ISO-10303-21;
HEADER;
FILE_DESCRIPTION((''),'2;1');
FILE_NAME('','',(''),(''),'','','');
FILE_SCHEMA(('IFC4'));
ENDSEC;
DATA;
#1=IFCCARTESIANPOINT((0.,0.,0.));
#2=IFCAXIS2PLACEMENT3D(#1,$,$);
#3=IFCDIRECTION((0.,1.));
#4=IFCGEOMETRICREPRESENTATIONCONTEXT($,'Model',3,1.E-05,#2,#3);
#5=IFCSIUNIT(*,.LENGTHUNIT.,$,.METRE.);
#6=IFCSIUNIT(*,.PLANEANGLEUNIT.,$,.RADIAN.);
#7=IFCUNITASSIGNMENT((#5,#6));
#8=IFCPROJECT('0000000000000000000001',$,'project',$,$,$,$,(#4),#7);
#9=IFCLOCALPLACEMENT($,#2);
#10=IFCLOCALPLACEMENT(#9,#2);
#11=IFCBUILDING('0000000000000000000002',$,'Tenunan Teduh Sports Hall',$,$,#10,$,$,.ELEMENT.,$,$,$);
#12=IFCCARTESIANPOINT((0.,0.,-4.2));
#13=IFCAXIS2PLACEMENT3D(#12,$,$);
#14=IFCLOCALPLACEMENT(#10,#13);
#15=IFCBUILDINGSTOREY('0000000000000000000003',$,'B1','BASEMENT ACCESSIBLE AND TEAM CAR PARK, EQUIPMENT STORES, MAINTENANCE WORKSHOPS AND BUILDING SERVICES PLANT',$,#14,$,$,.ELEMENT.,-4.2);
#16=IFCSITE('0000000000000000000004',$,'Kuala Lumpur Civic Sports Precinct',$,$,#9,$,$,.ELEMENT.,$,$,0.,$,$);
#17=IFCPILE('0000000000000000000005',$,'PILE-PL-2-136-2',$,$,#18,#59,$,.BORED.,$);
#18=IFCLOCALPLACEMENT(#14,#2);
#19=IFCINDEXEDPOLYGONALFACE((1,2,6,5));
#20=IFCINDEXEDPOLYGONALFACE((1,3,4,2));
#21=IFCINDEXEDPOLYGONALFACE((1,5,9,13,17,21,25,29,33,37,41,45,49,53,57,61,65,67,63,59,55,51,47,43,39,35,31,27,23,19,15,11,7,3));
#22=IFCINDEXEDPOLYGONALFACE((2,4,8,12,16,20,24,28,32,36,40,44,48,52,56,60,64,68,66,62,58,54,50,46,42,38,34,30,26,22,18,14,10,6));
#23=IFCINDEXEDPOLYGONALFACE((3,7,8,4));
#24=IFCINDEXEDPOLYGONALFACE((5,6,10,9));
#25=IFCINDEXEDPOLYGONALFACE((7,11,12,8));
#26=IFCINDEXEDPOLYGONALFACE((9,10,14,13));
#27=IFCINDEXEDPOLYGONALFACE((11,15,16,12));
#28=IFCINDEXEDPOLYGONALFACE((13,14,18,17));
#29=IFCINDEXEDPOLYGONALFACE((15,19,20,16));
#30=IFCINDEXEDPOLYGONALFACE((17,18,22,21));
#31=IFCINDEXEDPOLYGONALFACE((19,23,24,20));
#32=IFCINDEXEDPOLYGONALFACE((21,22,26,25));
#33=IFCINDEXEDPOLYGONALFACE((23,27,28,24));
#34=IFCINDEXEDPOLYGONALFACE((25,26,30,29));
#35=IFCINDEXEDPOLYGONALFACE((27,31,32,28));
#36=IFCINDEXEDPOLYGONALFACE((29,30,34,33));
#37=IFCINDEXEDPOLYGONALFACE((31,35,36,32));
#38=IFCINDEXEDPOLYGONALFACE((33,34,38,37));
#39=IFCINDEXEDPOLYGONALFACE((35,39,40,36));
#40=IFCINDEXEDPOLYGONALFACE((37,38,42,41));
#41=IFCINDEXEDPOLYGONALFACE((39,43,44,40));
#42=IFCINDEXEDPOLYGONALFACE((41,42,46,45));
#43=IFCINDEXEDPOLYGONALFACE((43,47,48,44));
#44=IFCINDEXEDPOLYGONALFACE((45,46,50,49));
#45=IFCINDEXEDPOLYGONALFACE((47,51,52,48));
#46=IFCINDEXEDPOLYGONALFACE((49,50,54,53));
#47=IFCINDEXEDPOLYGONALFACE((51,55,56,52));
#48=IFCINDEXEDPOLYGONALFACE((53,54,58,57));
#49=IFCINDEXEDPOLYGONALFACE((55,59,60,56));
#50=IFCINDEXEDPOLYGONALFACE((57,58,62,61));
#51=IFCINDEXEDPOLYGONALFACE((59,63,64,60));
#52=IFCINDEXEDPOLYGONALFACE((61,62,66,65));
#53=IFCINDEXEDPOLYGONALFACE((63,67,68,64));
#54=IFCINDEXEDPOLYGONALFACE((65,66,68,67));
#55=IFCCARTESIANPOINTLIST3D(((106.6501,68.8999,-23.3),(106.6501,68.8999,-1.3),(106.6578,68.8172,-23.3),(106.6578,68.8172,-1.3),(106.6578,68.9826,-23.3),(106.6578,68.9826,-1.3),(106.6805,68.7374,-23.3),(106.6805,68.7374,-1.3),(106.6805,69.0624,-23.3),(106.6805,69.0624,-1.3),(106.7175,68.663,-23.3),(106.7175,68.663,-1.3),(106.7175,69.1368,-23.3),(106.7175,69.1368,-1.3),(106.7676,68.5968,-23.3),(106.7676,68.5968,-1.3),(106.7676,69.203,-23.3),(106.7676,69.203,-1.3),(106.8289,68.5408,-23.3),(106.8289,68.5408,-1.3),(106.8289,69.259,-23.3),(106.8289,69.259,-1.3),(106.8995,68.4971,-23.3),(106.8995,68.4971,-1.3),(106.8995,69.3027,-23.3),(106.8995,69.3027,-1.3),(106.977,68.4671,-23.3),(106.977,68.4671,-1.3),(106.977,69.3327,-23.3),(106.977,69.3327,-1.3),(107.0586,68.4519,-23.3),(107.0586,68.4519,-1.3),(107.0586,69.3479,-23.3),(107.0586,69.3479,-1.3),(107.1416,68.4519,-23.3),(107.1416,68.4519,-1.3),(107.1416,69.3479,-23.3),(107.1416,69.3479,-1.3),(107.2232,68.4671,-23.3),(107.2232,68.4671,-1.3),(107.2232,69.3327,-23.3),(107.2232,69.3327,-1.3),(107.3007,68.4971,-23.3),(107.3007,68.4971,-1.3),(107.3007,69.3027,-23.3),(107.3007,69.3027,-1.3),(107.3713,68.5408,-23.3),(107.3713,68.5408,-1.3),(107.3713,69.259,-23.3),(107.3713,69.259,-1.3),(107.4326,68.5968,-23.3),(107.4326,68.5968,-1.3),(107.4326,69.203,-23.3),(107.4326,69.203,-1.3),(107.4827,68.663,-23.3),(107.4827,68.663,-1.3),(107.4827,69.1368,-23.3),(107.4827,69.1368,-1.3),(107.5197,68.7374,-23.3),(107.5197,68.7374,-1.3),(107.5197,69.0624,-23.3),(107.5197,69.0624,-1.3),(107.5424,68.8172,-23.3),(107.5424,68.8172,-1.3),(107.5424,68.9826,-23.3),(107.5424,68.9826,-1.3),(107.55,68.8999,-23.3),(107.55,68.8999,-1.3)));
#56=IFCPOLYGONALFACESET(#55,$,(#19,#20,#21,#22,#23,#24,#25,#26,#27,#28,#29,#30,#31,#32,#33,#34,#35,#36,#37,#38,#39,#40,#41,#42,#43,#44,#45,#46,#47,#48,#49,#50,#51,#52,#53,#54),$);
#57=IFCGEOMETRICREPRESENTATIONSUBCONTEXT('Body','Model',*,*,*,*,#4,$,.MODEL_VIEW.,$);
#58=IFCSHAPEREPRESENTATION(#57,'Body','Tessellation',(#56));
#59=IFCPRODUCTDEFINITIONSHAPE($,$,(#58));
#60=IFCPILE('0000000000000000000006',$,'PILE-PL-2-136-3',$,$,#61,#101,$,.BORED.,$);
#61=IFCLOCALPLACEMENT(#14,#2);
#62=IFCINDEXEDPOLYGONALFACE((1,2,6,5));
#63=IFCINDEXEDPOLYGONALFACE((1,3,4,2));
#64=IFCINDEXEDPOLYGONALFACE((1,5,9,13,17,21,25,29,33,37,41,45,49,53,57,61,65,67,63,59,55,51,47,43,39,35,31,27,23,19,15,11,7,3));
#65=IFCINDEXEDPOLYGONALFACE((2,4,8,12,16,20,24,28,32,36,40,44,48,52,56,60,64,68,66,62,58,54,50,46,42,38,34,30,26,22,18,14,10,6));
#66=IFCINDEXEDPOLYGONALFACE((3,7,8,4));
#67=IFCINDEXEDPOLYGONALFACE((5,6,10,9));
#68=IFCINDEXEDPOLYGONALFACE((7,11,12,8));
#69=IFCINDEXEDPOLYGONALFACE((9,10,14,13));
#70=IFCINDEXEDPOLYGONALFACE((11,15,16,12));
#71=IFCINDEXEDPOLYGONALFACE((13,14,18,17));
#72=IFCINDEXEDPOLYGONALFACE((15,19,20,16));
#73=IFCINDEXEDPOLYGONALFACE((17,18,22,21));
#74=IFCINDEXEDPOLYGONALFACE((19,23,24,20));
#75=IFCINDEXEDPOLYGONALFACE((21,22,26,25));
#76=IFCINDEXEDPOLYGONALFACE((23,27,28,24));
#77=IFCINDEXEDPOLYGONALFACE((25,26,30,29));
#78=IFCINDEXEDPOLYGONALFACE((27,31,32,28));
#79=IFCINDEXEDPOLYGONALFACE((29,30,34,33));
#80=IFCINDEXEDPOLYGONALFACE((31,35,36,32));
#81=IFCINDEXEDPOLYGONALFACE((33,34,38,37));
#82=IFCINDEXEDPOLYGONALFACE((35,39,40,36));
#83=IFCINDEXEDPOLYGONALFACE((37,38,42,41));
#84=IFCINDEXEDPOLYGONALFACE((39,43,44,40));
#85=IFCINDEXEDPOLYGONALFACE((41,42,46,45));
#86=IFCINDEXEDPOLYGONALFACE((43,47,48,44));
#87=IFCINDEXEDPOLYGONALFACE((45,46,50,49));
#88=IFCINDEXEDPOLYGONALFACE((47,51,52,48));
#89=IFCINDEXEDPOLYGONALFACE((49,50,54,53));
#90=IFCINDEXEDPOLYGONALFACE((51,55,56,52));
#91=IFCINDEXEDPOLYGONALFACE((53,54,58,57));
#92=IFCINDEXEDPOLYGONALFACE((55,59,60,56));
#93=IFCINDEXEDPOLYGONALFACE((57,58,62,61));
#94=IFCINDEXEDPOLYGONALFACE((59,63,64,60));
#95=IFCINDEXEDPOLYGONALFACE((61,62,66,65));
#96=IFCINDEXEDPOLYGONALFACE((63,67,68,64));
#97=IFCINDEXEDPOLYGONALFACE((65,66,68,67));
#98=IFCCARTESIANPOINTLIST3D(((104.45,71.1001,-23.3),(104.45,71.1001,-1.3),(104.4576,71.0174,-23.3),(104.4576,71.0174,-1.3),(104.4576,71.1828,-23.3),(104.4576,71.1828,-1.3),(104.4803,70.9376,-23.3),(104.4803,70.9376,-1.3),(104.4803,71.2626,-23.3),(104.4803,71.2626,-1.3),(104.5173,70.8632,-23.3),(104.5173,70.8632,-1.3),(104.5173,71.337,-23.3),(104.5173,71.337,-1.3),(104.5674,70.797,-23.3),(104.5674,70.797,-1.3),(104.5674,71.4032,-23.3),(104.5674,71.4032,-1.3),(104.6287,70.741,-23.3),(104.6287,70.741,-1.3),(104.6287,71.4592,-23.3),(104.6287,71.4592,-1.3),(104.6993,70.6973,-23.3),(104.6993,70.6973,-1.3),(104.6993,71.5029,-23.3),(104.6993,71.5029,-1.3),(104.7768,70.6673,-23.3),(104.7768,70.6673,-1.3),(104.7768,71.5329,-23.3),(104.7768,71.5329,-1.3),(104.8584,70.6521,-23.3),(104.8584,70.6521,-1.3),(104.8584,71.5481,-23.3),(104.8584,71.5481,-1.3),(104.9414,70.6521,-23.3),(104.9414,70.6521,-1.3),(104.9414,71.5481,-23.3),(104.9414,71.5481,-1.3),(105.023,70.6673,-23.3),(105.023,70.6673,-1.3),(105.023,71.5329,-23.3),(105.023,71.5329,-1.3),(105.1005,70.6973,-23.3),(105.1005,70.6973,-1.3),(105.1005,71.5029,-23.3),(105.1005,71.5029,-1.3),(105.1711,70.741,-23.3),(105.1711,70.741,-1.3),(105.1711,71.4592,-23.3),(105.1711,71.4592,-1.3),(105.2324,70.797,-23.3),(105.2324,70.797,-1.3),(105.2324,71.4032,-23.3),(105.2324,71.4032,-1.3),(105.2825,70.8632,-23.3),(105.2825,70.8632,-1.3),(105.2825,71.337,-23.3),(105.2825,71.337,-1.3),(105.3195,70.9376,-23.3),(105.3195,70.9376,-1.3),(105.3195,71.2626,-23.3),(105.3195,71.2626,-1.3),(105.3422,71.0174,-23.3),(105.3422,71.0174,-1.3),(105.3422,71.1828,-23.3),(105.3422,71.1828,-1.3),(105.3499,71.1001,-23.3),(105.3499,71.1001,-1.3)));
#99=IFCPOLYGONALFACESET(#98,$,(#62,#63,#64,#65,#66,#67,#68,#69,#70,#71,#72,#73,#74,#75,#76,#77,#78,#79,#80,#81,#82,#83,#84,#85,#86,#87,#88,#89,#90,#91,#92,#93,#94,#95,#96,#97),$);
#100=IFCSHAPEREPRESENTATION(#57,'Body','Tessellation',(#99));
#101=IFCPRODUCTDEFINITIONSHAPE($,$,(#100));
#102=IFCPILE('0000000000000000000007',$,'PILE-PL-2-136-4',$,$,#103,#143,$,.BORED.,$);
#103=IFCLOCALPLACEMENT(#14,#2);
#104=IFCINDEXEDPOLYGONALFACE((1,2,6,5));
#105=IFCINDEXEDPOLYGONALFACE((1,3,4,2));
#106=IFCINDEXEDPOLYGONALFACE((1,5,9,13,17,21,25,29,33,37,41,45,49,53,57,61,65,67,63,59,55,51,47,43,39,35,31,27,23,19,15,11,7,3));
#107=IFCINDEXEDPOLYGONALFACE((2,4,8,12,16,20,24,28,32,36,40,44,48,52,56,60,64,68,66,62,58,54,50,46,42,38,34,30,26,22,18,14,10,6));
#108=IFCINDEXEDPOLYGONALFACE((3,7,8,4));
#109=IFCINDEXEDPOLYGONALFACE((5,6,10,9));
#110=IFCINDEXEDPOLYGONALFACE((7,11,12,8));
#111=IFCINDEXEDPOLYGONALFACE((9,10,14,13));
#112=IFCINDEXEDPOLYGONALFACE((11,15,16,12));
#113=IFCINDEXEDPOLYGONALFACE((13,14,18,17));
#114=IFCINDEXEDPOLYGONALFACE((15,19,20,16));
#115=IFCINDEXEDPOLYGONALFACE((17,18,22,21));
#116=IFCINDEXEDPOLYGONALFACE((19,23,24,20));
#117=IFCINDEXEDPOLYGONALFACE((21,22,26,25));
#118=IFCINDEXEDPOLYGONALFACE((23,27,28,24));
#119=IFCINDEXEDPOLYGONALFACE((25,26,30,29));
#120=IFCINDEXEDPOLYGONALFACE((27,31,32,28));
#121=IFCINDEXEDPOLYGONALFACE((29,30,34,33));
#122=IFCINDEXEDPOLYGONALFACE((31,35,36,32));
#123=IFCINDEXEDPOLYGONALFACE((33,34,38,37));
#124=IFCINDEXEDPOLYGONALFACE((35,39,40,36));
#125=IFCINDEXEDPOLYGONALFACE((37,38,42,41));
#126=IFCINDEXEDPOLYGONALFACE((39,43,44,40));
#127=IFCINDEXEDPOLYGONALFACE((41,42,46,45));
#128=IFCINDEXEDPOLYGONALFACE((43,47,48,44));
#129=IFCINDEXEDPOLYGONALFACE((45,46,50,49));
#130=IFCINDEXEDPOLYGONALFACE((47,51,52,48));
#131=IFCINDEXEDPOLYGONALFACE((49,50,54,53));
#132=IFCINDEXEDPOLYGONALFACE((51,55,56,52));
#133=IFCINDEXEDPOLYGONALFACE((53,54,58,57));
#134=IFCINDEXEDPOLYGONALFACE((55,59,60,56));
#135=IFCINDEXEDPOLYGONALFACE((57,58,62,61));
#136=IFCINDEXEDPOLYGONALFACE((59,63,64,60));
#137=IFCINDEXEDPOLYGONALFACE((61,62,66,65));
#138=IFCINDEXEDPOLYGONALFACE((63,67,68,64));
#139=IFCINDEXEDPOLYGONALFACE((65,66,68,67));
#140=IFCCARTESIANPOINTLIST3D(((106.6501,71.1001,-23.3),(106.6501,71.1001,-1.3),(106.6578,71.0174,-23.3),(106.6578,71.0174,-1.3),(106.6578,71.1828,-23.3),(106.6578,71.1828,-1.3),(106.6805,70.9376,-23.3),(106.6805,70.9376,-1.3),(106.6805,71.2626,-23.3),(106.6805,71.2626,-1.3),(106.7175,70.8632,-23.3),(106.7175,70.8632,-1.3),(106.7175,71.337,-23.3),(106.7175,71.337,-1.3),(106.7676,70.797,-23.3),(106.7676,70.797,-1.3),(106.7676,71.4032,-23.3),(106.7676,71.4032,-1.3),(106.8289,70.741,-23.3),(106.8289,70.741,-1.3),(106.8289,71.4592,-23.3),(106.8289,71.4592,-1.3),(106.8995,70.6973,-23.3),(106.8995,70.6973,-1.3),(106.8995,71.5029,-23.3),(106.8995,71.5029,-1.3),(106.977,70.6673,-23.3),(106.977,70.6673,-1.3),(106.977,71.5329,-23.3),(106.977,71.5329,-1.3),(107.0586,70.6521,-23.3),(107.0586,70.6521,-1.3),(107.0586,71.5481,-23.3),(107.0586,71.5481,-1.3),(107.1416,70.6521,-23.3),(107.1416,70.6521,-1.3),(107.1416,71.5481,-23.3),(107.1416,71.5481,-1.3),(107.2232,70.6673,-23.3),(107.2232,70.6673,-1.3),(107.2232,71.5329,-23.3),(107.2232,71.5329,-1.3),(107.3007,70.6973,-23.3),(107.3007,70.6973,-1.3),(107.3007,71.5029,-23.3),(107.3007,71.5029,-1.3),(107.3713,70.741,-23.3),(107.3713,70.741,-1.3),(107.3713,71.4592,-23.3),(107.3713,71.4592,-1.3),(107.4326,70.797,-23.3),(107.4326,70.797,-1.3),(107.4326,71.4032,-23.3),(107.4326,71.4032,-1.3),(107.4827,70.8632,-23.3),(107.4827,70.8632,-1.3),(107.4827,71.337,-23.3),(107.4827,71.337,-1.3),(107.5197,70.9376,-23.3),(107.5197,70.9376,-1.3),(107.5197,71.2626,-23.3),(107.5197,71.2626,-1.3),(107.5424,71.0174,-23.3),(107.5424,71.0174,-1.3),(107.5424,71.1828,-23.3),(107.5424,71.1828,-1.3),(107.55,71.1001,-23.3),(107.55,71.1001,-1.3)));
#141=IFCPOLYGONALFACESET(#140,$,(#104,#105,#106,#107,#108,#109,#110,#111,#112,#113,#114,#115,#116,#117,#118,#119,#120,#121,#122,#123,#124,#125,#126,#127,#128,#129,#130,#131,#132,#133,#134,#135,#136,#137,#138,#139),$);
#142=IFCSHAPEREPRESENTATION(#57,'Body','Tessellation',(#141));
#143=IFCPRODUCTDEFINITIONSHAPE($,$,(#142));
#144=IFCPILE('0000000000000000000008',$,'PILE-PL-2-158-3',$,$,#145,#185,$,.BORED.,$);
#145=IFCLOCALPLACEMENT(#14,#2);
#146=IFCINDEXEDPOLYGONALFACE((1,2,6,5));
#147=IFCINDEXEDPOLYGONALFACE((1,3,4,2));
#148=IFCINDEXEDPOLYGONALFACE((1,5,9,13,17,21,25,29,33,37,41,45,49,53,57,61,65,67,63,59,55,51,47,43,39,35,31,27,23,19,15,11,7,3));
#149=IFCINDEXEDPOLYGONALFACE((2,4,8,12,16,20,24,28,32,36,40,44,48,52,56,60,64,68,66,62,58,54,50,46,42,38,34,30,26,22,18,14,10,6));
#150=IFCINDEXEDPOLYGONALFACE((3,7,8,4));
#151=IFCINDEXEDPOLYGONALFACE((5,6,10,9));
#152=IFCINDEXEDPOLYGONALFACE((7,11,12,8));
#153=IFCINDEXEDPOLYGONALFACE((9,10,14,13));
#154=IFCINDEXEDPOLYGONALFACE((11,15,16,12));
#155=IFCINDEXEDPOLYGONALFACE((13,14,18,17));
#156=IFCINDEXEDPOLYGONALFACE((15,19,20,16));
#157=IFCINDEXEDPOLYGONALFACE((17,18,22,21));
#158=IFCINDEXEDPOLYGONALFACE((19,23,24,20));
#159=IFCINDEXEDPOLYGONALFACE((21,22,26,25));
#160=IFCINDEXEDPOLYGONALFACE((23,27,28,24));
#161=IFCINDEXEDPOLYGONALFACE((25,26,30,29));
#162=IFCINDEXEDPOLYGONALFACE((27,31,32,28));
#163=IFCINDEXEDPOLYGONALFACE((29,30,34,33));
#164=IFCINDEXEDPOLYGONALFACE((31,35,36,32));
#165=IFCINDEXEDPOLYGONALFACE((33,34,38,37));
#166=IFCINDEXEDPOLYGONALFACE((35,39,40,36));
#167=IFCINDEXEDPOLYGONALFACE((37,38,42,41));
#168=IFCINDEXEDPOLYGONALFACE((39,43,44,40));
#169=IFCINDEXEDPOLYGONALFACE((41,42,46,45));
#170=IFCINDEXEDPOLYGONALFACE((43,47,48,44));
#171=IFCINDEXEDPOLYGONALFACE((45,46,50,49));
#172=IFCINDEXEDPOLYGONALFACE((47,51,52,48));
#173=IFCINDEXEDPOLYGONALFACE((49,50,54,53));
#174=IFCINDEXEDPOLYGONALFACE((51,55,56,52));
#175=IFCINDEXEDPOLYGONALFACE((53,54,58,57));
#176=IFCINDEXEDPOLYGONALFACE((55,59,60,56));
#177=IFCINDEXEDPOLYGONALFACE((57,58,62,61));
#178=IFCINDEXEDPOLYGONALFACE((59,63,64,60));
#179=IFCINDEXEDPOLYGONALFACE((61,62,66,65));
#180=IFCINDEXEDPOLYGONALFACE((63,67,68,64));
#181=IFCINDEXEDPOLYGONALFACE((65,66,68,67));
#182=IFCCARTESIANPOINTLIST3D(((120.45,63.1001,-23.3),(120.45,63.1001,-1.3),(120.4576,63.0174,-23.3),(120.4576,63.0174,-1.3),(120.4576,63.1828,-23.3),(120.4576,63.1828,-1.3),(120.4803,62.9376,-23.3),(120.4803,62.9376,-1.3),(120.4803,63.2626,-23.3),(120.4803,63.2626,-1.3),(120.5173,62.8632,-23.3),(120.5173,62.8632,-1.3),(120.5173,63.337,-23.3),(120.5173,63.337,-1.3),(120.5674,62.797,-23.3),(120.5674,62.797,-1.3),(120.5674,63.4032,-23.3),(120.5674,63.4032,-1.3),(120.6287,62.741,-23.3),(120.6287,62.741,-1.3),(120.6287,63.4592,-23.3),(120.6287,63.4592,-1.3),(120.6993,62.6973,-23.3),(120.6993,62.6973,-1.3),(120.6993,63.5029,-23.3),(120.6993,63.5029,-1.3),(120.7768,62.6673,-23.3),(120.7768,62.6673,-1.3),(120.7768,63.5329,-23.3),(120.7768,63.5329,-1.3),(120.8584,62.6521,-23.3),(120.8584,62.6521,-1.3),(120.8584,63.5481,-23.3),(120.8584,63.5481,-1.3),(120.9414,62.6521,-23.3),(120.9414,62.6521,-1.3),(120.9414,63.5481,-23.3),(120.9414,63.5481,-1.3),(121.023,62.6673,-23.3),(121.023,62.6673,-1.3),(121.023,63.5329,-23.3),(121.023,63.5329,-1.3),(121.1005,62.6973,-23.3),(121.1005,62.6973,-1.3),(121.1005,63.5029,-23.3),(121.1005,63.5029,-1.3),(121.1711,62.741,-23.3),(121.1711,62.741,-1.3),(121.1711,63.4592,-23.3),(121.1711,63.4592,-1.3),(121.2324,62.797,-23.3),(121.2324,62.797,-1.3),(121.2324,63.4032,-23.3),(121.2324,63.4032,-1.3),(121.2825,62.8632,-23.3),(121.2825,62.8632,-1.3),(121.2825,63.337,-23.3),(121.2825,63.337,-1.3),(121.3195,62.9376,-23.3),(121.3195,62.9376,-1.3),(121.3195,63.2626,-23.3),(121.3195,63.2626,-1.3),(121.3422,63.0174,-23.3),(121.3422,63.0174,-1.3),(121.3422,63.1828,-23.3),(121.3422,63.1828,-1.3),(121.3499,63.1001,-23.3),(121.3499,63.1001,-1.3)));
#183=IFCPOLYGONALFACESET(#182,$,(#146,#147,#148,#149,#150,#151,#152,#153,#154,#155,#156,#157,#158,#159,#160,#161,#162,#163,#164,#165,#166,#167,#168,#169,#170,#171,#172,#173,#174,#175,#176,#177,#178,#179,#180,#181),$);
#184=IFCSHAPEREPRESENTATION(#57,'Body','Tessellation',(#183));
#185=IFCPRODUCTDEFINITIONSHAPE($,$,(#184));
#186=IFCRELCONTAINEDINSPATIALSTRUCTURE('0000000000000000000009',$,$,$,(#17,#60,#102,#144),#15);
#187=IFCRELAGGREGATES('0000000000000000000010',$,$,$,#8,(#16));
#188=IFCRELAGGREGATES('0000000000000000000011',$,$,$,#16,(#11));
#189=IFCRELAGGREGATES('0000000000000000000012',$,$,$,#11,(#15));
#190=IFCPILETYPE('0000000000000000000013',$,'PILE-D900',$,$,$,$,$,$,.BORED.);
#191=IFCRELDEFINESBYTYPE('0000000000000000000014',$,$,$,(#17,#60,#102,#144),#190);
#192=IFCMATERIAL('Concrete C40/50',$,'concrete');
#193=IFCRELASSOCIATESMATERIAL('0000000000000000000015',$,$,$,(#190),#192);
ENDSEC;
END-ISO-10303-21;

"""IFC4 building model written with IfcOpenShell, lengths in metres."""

from ifc_helpers import new_model, si_unit, direction, frame, origin, origin_2d, place, context, subcontext, project, spatial, circle, extrude, material, material_profile, profile_set, type_object, element, save


model = new_model("IFC4")

# Units and contexts
model_context = context("Model", 3, precision=1e-05, world=origin(), true_north=direction((0.0, 1.0)))
body_context = subcontext(model_context, "Body", "Model", "MODEL_VIEW")
ifc_project = project(units=[si_unit("LENGTHUNIT", "METRE"), si_unit("PLANEANGLEUNIT", "RADIAN")], contexts=[model_context])

# Site, building, storey
site_placement = place(None, origin())
site = spatial("IfcSite", under=ifc_project, at=site_placement, Name="Kuala Lumpur Civic Sports Precinct", CompositionType="ELEMENT", RefElevation=0.0)
building_placement = place(site_placement, origin())
building = spatial("IfcBuilding", under=site, at=building_placement, Name="Tenunan Teduh Sports Hall", CompositionType="ELEMENT")
storey_placement = place(building_placement, frame((0.0, 0.0, -4.2)))
storey = spatial("IfcBuildingStorey", under=building, at=storey_placement, Name="B1", Description="BASEMENT ACCESSIBLE AND TEAM CAR PARK, EQUIPMENT STORES, MAINTENANCE WORKSHOPS AND BUILDING SERVICES PLANT", CompositionType="ELEMENT", Elevation=-4.2)

# Piles
ifc_material_1 = material(Name="Concrete C40/50", Category="concrete")
ifc_material_profile_1 = material_profile(ifc_material_1, circle(Radius=0.45, at=origin_2d()), Name="PILE D900")
ifc_profile_set_1 = profile_set([ifc_material_profile_1], Name="Concrete C40/50")
pile_type = type_object("IfcPileType", Name="PILE-D900", PredefinedType="BORED", material=ifc_profile_set_1)
for number, where, z_axis, x_axis, name in (
    (1, (107.1001, 68.8999, -1.3), (0.0, 0.0, -1.0), (1.0, 0.0, 0.0), "PILE-PL-2-136-2"),
    (2, (104.8999, 71.1001, -1.3), (0.0, 0.0, -1.0), (1.0, 0.0, 0.0), "PILE-PL-2-136-3"),
    (3, (107.1001, 71.1001, -1.3), (0.0, 0.0, -1.0), (1.0, 0.0, 0.0), "PILE-PL-2-136-4"),
    (4, (120.8999, 63.1001, -1.3), (0.0, 0.0, -1.0), (1.0, 0.0, 0.0), "PILE-PL-2-158-3"),
):
    element("IfcPile", number, at=place(storey_placement, frame(where, z_axis=z_axis, x_axis=x_axis)), inside=storey, type_object=pile_type, Name=name, PredefinedType="BORED", context=body_context, shape_type="SweptSolid", body=[
        extrude(circle(Radius=0.45, at=origin_2d()), origin(), (0.0, 0.0, 1.0), 22.0),
    ])

save(model, "model.ifc")
